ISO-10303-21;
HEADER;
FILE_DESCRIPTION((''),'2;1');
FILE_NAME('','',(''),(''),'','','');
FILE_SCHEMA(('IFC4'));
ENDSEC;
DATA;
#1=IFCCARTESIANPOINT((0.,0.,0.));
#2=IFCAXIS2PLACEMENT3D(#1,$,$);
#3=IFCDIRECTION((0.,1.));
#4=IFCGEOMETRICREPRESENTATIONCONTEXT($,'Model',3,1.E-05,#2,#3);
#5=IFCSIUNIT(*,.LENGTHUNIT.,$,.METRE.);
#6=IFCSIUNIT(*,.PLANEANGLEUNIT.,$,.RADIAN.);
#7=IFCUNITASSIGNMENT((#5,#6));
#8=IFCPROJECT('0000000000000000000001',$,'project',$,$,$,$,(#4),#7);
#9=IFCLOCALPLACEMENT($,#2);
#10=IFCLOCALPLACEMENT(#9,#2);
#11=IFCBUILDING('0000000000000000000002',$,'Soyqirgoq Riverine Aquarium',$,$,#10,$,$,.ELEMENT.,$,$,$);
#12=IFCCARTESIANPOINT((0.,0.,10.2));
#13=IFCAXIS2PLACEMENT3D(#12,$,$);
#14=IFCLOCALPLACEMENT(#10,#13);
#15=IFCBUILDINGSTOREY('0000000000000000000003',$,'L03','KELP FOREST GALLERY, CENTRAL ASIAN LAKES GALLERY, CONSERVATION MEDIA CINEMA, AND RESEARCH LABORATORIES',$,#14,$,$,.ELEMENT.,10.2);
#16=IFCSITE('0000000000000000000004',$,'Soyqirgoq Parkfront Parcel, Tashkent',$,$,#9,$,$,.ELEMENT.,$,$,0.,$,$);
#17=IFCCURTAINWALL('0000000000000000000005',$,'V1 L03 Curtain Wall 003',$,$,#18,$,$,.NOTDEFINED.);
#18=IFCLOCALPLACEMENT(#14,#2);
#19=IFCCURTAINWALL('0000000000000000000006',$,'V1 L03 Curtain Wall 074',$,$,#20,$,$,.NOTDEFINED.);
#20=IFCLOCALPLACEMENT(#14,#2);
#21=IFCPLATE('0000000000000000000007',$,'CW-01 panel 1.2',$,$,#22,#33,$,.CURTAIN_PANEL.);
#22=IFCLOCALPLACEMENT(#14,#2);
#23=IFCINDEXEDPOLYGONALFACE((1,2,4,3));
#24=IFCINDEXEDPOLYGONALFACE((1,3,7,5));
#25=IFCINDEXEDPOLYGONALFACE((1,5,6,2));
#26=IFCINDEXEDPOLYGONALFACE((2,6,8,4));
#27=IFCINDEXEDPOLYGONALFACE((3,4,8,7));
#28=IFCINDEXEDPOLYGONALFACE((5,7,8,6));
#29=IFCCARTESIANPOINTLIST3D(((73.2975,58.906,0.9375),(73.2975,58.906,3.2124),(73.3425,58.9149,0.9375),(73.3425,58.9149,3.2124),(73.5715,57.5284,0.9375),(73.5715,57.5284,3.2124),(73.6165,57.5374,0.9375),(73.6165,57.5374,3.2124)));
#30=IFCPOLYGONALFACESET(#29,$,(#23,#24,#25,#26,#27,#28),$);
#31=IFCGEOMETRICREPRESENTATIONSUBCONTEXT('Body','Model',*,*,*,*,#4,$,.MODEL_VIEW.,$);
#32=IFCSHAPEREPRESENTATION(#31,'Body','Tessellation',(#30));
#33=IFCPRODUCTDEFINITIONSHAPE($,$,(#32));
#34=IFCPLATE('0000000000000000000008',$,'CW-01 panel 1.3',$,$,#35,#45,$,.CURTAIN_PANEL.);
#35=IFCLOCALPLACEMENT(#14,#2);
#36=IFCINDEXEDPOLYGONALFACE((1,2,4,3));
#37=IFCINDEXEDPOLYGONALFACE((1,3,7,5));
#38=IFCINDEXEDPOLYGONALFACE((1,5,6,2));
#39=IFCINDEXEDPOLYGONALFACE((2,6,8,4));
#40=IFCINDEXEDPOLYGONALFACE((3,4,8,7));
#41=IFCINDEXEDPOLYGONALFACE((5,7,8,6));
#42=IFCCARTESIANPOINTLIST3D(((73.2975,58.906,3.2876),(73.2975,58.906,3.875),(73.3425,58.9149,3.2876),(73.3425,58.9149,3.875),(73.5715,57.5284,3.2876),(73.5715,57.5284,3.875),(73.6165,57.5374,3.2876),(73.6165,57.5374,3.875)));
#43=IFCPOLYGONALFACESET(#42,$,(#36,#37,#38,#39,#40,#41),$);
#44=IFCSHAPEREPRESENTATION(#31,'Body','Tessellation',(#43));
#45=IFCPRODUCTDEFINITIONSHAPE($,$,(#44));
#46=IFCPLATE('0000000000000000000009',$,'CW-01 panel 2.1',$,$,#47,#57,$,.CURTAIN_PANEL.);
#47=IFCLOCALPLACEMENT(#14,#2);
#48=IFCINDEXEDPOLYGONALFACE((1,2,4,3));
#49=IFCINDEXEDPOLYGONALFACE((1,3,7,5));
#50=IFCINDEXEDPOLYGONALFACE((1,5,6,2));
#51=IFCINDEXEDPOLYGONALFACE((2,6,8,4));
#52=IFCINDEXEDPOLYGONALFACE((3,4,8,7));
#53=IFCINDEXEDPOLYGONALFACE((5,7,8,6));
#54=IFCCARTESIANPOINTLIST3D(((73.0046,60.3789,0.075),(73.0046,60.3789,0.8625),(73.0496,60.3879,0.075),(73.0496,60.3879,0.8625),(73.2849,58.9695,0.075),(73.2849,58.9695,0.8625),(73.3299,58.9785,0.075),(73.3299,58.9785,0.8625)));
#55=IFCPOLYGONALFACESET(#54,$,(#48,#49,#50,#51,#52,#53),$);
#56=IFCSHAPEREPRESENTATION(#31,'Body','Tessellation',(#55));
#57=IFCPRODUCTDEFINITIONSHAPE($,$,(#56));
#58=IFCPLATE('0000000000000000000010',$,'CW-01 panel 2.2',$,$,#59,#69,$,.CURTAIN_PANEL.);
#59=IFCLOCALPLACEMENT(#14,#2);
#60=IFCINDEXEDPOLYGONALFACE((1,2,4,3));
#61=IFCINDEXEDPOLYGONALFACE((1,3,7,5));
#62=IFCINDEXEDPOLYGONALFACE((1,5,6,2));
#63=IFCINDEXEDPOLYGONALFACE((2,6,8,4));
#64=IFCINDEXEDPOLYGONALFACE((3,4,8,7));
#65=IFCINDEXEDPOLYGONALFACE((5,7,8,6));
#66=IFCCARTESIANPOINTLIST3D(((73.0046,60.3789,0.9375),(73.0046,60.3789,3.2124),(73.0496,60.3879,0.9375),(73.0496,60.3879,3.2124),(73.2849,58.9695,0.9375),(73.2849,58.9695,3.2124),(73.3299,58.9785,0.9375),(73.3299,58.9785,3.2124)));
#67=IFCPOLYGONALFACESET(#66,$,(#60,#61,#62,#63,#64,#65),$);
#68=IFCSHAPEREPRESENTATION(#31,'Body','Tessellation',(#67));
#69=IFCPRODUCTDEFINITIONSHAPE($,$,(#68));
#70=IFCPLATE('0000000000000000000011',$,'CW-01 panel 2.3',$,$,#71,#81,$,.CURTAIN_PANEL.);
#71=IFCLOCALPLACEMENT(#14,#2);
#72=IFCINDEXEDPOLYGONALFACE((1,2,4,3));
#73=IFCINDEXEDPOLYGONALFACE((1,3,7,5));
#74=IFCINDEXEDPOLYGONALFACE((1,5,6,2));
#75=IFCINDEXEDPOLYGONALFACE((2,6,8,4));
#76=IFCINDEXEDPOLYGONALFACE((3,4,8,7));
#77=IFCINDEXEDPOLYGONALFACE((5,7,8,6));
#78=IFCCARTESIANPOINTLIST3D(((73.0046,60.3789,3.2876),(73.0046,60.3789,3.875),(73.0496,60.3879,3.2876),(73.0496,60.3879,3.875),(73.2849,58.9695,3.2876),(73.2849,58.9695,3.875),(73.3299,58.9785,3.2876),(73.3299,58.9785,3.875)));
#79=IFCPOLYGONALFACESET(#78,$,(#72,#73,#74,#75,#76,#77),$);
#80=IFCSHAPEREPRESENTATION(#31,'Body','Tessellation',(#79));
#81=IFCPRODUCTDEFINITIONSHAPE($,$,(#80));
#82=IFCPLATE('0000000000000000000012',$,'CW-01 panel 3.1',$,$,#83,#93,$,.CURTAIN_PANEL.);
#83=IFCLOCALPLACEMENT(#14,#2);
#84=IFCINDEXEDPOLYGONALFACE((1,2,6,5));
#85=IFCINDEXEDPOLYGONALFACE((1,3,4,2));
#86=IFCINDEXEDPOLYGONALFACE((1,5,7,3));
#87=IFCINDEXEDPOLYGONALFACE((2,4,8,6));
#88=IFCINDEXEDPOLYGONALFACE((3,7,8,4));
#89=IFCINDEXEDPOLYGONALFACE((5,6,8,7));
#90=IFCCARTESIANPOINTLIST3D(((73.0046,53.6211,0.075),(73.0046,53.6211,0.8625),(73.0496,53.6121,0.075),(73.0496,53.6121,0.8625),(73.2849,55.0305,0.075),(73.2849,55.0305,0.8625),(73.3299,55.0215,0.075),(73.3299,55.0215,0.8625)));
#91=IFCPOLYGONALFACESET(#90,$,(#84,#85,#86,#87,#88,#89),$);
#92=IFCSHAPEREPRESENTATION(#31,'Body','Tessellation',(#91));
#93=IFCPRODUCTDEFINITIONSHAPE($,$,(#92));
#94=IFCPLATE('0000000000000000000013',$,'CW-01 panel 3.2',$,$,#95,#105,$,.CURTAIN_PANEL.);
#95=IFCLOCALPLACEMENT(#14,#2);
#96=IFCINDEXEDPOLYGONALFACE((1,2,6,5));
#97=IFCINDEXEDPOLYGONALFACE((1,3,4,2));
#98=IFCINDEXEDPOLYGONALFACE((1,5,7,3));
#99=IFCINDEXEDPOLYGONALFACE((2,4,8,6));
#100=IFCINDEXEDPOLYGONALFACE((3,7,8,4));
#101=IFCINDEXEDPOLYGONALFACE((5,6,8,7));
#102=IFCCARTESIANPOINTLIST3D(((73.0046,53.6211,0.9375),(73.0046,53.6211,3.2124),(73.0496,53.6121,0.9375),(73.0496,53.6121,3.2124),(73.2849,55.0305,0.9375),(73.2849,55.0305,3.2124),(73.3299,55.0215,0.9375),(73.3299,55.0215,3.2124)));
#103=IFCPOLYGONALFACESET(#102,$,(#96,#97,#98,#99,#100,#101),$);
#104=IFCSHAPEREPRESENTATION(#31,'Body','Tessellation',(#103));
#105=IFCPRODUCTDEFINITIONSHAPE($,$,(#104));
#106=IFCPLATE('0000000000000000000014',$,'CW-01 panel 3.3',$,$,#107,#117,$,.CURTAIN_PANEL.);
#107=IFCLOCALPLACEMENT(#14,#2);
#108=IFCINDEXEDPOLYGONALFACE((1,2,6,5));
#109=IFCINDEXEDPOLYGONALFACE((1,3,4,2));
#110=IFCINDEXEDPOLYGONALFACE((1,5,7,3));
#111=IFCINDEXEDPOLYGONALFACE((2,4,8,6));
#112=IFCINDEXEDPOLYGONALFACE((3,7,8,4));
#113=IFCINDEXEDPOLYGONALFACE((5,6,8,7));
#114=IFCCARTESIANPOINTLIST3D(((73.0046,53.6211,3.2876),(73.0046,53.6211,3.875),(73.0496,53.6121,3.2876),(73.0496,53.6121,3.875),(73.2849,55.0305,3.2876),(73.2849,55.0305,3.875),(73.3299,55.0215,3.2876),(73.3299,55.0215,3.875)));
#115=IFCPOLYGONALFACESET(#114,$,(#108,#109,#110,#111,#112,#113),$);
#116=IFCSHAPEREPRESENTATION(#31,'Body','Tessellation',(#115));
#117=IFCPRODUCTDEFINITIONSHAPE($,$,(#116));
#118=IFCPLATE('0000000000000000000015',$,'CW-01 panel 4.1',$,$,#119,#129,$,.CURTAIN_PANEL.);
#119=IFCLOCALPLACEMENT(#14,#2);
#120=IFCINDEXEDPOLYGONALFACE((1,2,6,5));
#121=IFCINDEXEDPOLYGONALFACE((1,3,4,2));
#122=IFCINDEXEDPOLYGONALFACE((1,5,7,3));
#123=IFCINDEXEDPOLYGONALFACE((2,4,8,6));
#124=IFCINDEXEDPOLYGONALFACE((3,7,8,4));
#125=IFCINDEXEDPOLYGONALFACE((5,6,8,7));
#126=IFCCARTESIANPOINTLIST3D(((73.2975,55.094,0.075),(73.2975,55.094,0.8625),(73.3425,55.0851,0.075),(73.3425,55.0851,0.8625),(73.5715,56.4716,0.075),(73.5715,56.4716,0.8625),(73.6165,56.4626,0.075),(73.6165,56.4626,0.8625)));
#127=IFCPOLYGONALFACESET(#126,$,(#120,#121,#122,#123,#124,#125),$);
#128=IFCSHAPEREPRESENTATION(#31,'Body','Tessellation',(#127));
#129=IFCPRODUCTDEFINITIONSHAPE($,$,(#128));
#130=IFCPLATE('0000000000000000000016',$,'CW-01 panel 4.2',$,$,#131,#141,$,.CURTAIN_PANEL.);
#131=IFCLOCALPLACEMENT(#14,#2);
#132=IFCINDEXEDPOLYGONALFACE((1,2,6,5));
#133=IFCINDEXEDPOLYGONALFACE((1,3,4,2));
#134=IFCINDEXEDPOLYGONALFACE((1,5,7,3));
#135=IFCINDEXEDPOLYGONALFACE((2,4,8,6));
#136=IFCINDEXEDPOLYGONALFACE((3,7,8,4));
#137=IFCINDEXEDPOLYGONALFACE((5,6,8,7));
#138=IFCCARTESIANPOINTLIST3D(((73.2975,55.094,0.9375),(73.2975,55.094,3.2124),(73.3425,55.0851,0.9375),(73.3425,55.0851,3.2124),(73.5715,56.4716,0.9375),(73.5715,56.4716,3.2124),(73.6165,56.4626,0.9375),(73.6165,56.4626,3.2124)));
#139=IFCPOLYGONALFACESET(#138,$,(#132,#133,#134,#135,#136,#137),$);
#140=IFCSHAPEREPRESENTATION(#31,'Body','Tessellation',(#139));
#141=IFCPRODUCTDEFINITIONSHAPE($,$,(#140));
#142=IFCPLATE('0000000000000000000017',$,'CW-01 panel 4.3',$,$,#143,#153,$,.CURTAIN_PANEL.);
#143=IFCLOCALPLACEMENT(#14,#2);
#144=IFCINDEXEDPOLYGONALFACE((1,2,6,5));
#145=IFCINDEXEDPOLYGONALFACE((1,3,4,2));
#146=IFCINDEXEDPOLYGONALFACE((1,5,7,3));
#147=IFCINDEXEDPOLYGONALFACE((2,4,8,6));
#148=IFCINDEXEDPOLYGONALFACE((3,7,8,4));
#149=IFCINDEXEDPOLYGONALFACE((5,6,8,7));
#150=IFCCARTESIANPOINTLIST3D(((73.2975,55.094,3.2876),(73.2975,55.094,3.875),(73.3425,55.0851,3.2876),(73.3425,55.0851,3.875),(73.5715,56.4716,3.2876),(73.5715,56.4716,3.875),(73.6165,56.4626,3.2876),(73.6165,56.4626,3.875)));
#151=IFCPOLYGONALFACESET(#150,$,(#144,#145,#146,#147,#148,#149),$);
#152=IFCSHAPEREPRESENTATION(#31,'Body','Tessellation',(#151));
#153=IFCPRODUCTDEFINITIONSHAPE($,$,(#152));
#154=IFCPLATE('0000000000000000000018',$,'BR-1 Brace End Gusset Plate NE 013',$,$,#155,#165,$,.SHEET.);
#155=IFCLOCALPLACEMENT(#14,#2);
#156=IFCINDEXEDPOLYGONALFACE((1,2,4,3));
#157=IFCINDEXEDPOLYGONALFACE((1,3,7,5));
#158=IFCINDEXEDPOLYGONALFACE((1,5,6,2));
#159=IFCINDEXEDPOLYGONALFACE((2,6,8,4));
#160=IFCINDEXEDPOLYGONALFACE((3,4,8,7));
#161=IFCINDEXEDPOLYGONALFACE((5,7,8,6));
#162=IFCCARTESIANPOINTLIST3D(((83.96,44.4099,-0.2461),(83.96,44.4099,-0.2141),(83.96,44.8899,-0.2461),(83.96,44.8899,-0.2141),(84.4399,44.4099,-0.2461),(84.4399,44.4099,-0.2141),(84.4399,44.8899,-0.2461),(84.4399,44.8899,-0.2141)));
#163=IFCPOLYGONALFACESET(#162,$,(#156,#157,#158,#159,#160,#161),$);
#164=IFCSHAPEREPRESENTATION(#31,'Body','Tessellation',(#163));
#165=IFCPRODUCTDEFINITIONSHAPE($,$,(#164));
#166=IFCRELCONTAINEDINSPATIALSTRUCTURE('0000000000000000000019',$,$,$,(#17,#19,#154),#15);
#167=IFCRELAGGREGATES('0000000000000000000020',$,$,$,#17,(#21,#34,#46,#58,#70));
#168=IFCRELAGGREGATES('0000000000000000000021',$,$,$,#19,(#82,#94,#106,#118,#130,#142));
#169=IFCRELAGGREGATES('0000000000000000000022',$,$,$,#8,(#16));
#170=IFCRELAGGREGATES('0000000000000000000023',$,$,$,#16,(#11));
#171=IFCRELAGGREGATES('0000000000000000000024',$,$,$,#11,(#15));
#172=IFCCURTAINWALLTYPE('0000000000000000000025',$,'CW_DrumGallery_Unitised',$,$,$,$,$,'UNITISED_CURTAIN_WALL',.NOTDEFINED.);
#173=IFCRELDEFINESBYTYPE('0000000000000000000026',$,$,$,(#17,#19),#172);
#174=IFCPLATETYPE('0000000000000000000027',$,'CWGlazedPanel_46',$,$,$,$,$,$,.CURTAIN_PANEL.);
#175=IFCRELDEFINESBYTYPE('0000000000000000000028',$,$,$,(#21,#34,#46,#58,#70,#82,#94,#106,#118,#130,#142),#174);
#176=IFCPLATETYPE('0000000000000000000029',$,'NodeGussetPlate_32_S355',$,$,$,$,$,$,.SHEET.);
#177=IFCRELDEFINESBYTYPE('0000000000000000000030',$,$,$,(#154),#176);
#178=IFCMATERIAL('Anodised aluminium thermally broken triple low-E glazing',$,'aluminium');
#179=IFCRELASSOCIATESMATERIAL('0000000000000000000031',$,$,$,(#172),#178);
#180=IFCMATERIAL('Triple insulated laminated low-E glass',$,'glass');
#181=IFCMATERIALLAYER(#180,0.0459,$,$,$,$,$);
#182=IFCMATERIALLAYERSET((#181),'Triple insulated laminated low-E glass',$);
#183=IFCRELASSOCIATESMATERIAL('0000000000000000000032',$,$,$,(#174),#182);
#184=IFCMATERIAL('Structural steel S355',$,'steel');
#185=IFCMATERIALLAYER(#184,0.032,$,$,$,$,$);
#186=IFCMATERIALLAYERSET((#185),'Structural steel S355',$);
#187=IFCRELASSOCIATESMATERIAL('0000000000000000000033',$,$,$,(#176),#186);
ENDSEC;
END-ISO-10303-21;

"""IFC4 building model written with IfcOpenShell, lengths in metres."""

from ifc_helpers import new_model, si_unit, direction, frame, origin, origin_2d, place, context, subcontext, project, spatial, rectangle, extrude, material, layer, layer_set, type_object, element, aggregate, save


model = new_model("IFC4")

# Units and contexts
model_context = context("Model", 3, precision=1e-05, world=origin(), true_north=direction((0.0, 1.0)))
body_context = subcontext(model_context, "Body", "Model", "MODEL_VIEW")
ifc_project = project(units=[si_unit("LENGTHUNIT", "METRE"), si_unit("PLANEANGLEUNIT", "RADIAN")], contexts=[model_context])

# Site, building, storey
site_placement = place(None, origin())
site = spatial("IfcSite", under=ifc_project, at=site_placement, Name="Soyqirgoq Parkfront Parcel, Tashkent", CompositionType="ELEMENT", RefElevation=0.0)
building_placement = place(site_placement, origin())
building = spatial("IfcBuilding", under=site, at=building_placement, Name="Soyqirgoq Riverine Aquarium", CompositionType="ELEMENT")
storey_placement = place(building_placement, frame((0.0, 0.0, 10.2)))
storey = spatial("IfcBuildingStorey", under=building, at=storey_placement, Name="L03", Description="KELP FOREST GALLERY, CENTRAL ASIAN LAKES GALLERY, CONSERVATION MEDIA CINEMA, AND RESEARCH LABORATORIES", CompositionType="ELEMENT", Elevation=10.2)

# Curtain walls
ifc_material_1 = material(Name="Anodised aluminium thermally broken triple low-E glazing", Category="aluminium")
curtain_wall_type = type_object("IfcCurtainWallType", Name="CW_DrumGallery_Unitised", ElementType="UNITISED_CURTAIN_WALL", PredefinedType="NOTDEFINED", material=ifc_material_1)
curtain_wall_1_placement = place(storey_placement, origin())
curtain_wall_1 = element("IfcCurtainWall", 1, at=curtain_wall_1_placement, inside=storey, type_object=curtain_wall_type, Name="V1 L03 Curtain Wall 003", PredefinedType="NOTDEFINED")
curtain_wall_2_placement = place(storey_placement, origin())
curtain_wall_2 = element("IfcCurtainWall", 2, at=curtain_wall_2_placement, inside=storey, type_object=curtain_wall_type, Name="V1 L03 Curtain Wall 074", PredefinedType="NOTDEFINED")

# Plates
ifc_material_2 = material(Name="Triple insulated laminated low-E glass", Category="glass")
ifc_layer_1 = layer(ifc_material_2, 0.0459)
ifc_layer_set_1 = layer_set([ifc_layer_1], Name="Triple insulated laminated low-E glass")
plate_type_1 = type_object("IfcPlateType", Name="CWGlazedPanel_46", PredefinedType="CURTAIN_PANEL", material=ifc_layer_set_1)
plate_1_placement = place(storey_placement, frame((73.457, 58.2217, 0.9375), z_axis=(0.0, 0.0, 1.0), x_axis=(-0.195095, 0.980784, 0.0)))
plate_1 = element("IfcPlate", 3, at=plate_1_placement, type_object=plate_type_1, Name="CW-01 panel 1.2", PredefinedType="CURTAIN_PANEL", context=body_context, shape_type="SweptSolid", body=[
    extrude(rectangle(XDim=1.4045, YDim=0.0459, at=origin_2d()), origin(), (0.0, 0.0, 1.0), 2.2749),
])
plate_2_placement = place(storey_placement, frame((73.457, 58.2217, 3.2876), z_axis=(0.0, 0.0, 1.0), x_axis=(-0.195095, 0.980784, 0.0)))
plate_2 = element("IfcPlate", 4, at=plate_2_placement, type_object=plate_type_1, Name="CW-01 panel 1.3", PredefinedType="CURTAIN_PANEL", context=body_context, shape_type="SweptSolid", body=[
    extrude(rectangle(XDim=1.4045, YDim=0.0459, at=origin_2d()), origin(), (0.0, 0.0, 1.0), 0.5874),
])
plate_3_placement = place(storey_placement, frame((73.1672, 59.6787, 0.075), z_axis=(0.0, 0.0, 1.0), x_axis=(-0.195095, 0.980784, 0.0)))
plate_3 = element("IfcPlate", 5, at=plate_3_placement, type_object=plate_type_1, Name="CW-01 panel 2.1", PredefinedType="CURTAIN_PANEL", context=body_context, shape_type="SweptSolid", body=[
    extrude(rectangle(XDim=1.437, YDim=0.0459, at=origin_2d()), origin(), (0.0, 0.0, 1.0), 0.7876),
])
plate_4_placement = place(storey_placement, frame((73.1672, 59.6787, 0.9375), z_axis=(0.0, 0.0, 1.0), x_axis=(-0.195095, 0.980784, 0.0)))
plate_4 = element("IfcPlate", 6, at=plate_4_placement, type_object=plate_type_1, Name="CW-01 panel 2.2", PredefinedType="CURTAIN_PANEL", context=body_context, shape_type="SweptSolid", body=[
    extrude(rectangle(XDim=1.437, YDim=0.0459, at=origin_2d()), origin(), (0.0, 0.0, 1.0), 2.2749),
])
plate_5_placement = place(storey_placement, frame((73.1672, 59.6787, 3.2876), z_axis=(0.0, 0.0, 1.0), x_axis=(-0.195095, 0.980784, 0.0)))
plate_5 = element("IfcPlate", 7, at=plate_5_placement, type_object=plate_type_1, Name="CW-01 panel 2.3", PredefinedType="CURTAIN_PANEL", context=body_context, shape_type="SweptSolid", body=[
    extrude(rectangle(XDim=1.437, YDim=0.0459, at=origin_2d()), origin(), (0.0, 0.0, 1.0), 0.5874),
])
aggregate(curtain_wall_1, [plate_1, plate_2, plate_3, plate_4, plate_5])
plate_6_placement = place(storey_placement, frame((73.1672, 54.3213, 0.075), z_axis=(0.0, 0.0, 1.0), x_axis=(0.195095, 0.980784, 0.0)))
plate_6 = element("IfcPlate", 8, at=plate_6_placement, type_object=plate_type_1, Name="CW-01 panel 3.1", PredefinedType="CURTAIN_PANEL", context=body_context, shape_type="SweptSolid", body=[
    extrude(rectangle(XDim=1.437, YDim=0.0459, at=origin_2d()), origin(), (0.0, 0.0, 1.0), 0.7876),
])
plate_7_placement = place(storey_placement, frame((73.1672, 54.3213, 0.9375), z_axis=(0.0, 0.0, 1.0), x_axis=(0.195095, 0.980784, 0.0)))
plate_7 = element("IfcPlate", 9, at=plate_7_placement, type_object=plate_type_1, Name="CW-01 panel 3.2", PredefinedType="CURTAIN_PANEL", context=body_context, shape_type="SweptSolid", body=[
    extrude(rectangle(XDim=1.437, YDim=0.0459, at=origin_2d()), origin(), (0.0, 0.0, 1.0), 2.2749),
])
plate_8_placement = place(storey_placement, frame((73.1672, 54.3213, 3.2876), z_axis=(0.0, 0.0, 1.0), x_axis=(0.195095, 0.980784, 0.0)))
plate_8 = element("IfcPlate", 10, at=plate_8_placement, type_object=plate_type_1, Name="CW-01 panel 3.3", PredefinedType="CURTAIN_PANEL", context=body_context, shape_type="SweptSolid", body=[
    extrude(rectangle(XDim=1.437, YDim=0.0459, at=origin_2d()), origin(), (0.0, 0.0, 1.0), 0.5874),
])
plate_9_placement = place(storey_placement, frame((73.457, 55.7783, 0.075), z_axis=(0.0, 0.0, 1.0), x_axis=(0.195095, 0.980784, 0.0)))
plate_9 = element("IfcPlate", 11, at=plate_9_placement, type_object=plate_type_1, Name="CW-01 panel 4.1", PredefinedType="CURTAIN_PANEL", context=body_context, shape_type="SweptSolid", body=[
    extrude(rectangle(XDim=1.4045, YDim=0.0459, at=origin_2d()), origin(), (0.0, 0.0, 1.0), 0.7876),
])
plate_10_placement = place(storey_placement, frame((73.457, 55.7783, 0.9375), z_axis=(0.0, 0.0, 1.0), x_axis=(0.195095, 0.980784, 0.0)))
plate_10 = element("IfcPlate", 12, at=plate_10_placement, type_object=plate_type_1, Name="CW-01 panel 4.2", PredefinedType="CURTAIN_PANEL", context=body_context, shape_type="SweptSolid", body=[
    extrude(rectangle(XDim=1.4045, YDim=0.0459, at=origin_2d()), origin(), (0.0, 0.0, 1.0), 2.2749),
])
plate_11_placement = place(storey_placement, frame((73.457, 55.7783, 3.2876), z_axis=(0.0, 0.0, 1.0), x_axis=(0.195095, 0.980784, 0.0)))
plate_11 = element("IfcPlate", 13, at=plate_11_placement, type_object=plate_type_1, Name="CW-01 panel 4.3", PredefinedType="CURTAIN_PANEL", context=body_context, shape_type="SweptSolid", body=[
    extrude(rectangle(XDim=1.4045, YDim=0.0459, at=origin_2d()), origin(), (0.0, 0.0, 1.0), 0.5874),
])
aggregate(curtain_wall_2, [plate_6, plate_7, plate_8, plate_9, plate_10, plate_11])
ifc_material_3 = material(Name="Structural steel S355", Category="steel")
ifc_layer_2 = layer(ifc_material_3, 0.032)
ifc_layer_set_2 = layer_set([ifc_layer_2], Name="Structural steel S355")
plate_type_2 = type_object("IfcPlateType", Name="NodeGussetPlate_32_S355", PredefinedType="SHEET", material=ifc_layer_set_2)
plate_12_placement = place(storey_placement, frame((84.2, 44.6499, -0.2461), z_axis=(0.0, 0.0, 1.0), x_axis=(1.0, 0.0, 0.0)))
element("IfcPlate", 14, at=plate_12_placement, inside=storey, type_object=plate_type_2, Name="BR-1 Brace End Gusset Plate NE 013", PredefinedType="SHEET", context=body_context, shape_type="SweptSolid", body=[
    extrude(rectangle(XDim=0.48, YDim=0.48, at=origin_2d()), origin(), (0.0, 0.0, 1.0), 0.032),
])

save(model, "model.ifc")
